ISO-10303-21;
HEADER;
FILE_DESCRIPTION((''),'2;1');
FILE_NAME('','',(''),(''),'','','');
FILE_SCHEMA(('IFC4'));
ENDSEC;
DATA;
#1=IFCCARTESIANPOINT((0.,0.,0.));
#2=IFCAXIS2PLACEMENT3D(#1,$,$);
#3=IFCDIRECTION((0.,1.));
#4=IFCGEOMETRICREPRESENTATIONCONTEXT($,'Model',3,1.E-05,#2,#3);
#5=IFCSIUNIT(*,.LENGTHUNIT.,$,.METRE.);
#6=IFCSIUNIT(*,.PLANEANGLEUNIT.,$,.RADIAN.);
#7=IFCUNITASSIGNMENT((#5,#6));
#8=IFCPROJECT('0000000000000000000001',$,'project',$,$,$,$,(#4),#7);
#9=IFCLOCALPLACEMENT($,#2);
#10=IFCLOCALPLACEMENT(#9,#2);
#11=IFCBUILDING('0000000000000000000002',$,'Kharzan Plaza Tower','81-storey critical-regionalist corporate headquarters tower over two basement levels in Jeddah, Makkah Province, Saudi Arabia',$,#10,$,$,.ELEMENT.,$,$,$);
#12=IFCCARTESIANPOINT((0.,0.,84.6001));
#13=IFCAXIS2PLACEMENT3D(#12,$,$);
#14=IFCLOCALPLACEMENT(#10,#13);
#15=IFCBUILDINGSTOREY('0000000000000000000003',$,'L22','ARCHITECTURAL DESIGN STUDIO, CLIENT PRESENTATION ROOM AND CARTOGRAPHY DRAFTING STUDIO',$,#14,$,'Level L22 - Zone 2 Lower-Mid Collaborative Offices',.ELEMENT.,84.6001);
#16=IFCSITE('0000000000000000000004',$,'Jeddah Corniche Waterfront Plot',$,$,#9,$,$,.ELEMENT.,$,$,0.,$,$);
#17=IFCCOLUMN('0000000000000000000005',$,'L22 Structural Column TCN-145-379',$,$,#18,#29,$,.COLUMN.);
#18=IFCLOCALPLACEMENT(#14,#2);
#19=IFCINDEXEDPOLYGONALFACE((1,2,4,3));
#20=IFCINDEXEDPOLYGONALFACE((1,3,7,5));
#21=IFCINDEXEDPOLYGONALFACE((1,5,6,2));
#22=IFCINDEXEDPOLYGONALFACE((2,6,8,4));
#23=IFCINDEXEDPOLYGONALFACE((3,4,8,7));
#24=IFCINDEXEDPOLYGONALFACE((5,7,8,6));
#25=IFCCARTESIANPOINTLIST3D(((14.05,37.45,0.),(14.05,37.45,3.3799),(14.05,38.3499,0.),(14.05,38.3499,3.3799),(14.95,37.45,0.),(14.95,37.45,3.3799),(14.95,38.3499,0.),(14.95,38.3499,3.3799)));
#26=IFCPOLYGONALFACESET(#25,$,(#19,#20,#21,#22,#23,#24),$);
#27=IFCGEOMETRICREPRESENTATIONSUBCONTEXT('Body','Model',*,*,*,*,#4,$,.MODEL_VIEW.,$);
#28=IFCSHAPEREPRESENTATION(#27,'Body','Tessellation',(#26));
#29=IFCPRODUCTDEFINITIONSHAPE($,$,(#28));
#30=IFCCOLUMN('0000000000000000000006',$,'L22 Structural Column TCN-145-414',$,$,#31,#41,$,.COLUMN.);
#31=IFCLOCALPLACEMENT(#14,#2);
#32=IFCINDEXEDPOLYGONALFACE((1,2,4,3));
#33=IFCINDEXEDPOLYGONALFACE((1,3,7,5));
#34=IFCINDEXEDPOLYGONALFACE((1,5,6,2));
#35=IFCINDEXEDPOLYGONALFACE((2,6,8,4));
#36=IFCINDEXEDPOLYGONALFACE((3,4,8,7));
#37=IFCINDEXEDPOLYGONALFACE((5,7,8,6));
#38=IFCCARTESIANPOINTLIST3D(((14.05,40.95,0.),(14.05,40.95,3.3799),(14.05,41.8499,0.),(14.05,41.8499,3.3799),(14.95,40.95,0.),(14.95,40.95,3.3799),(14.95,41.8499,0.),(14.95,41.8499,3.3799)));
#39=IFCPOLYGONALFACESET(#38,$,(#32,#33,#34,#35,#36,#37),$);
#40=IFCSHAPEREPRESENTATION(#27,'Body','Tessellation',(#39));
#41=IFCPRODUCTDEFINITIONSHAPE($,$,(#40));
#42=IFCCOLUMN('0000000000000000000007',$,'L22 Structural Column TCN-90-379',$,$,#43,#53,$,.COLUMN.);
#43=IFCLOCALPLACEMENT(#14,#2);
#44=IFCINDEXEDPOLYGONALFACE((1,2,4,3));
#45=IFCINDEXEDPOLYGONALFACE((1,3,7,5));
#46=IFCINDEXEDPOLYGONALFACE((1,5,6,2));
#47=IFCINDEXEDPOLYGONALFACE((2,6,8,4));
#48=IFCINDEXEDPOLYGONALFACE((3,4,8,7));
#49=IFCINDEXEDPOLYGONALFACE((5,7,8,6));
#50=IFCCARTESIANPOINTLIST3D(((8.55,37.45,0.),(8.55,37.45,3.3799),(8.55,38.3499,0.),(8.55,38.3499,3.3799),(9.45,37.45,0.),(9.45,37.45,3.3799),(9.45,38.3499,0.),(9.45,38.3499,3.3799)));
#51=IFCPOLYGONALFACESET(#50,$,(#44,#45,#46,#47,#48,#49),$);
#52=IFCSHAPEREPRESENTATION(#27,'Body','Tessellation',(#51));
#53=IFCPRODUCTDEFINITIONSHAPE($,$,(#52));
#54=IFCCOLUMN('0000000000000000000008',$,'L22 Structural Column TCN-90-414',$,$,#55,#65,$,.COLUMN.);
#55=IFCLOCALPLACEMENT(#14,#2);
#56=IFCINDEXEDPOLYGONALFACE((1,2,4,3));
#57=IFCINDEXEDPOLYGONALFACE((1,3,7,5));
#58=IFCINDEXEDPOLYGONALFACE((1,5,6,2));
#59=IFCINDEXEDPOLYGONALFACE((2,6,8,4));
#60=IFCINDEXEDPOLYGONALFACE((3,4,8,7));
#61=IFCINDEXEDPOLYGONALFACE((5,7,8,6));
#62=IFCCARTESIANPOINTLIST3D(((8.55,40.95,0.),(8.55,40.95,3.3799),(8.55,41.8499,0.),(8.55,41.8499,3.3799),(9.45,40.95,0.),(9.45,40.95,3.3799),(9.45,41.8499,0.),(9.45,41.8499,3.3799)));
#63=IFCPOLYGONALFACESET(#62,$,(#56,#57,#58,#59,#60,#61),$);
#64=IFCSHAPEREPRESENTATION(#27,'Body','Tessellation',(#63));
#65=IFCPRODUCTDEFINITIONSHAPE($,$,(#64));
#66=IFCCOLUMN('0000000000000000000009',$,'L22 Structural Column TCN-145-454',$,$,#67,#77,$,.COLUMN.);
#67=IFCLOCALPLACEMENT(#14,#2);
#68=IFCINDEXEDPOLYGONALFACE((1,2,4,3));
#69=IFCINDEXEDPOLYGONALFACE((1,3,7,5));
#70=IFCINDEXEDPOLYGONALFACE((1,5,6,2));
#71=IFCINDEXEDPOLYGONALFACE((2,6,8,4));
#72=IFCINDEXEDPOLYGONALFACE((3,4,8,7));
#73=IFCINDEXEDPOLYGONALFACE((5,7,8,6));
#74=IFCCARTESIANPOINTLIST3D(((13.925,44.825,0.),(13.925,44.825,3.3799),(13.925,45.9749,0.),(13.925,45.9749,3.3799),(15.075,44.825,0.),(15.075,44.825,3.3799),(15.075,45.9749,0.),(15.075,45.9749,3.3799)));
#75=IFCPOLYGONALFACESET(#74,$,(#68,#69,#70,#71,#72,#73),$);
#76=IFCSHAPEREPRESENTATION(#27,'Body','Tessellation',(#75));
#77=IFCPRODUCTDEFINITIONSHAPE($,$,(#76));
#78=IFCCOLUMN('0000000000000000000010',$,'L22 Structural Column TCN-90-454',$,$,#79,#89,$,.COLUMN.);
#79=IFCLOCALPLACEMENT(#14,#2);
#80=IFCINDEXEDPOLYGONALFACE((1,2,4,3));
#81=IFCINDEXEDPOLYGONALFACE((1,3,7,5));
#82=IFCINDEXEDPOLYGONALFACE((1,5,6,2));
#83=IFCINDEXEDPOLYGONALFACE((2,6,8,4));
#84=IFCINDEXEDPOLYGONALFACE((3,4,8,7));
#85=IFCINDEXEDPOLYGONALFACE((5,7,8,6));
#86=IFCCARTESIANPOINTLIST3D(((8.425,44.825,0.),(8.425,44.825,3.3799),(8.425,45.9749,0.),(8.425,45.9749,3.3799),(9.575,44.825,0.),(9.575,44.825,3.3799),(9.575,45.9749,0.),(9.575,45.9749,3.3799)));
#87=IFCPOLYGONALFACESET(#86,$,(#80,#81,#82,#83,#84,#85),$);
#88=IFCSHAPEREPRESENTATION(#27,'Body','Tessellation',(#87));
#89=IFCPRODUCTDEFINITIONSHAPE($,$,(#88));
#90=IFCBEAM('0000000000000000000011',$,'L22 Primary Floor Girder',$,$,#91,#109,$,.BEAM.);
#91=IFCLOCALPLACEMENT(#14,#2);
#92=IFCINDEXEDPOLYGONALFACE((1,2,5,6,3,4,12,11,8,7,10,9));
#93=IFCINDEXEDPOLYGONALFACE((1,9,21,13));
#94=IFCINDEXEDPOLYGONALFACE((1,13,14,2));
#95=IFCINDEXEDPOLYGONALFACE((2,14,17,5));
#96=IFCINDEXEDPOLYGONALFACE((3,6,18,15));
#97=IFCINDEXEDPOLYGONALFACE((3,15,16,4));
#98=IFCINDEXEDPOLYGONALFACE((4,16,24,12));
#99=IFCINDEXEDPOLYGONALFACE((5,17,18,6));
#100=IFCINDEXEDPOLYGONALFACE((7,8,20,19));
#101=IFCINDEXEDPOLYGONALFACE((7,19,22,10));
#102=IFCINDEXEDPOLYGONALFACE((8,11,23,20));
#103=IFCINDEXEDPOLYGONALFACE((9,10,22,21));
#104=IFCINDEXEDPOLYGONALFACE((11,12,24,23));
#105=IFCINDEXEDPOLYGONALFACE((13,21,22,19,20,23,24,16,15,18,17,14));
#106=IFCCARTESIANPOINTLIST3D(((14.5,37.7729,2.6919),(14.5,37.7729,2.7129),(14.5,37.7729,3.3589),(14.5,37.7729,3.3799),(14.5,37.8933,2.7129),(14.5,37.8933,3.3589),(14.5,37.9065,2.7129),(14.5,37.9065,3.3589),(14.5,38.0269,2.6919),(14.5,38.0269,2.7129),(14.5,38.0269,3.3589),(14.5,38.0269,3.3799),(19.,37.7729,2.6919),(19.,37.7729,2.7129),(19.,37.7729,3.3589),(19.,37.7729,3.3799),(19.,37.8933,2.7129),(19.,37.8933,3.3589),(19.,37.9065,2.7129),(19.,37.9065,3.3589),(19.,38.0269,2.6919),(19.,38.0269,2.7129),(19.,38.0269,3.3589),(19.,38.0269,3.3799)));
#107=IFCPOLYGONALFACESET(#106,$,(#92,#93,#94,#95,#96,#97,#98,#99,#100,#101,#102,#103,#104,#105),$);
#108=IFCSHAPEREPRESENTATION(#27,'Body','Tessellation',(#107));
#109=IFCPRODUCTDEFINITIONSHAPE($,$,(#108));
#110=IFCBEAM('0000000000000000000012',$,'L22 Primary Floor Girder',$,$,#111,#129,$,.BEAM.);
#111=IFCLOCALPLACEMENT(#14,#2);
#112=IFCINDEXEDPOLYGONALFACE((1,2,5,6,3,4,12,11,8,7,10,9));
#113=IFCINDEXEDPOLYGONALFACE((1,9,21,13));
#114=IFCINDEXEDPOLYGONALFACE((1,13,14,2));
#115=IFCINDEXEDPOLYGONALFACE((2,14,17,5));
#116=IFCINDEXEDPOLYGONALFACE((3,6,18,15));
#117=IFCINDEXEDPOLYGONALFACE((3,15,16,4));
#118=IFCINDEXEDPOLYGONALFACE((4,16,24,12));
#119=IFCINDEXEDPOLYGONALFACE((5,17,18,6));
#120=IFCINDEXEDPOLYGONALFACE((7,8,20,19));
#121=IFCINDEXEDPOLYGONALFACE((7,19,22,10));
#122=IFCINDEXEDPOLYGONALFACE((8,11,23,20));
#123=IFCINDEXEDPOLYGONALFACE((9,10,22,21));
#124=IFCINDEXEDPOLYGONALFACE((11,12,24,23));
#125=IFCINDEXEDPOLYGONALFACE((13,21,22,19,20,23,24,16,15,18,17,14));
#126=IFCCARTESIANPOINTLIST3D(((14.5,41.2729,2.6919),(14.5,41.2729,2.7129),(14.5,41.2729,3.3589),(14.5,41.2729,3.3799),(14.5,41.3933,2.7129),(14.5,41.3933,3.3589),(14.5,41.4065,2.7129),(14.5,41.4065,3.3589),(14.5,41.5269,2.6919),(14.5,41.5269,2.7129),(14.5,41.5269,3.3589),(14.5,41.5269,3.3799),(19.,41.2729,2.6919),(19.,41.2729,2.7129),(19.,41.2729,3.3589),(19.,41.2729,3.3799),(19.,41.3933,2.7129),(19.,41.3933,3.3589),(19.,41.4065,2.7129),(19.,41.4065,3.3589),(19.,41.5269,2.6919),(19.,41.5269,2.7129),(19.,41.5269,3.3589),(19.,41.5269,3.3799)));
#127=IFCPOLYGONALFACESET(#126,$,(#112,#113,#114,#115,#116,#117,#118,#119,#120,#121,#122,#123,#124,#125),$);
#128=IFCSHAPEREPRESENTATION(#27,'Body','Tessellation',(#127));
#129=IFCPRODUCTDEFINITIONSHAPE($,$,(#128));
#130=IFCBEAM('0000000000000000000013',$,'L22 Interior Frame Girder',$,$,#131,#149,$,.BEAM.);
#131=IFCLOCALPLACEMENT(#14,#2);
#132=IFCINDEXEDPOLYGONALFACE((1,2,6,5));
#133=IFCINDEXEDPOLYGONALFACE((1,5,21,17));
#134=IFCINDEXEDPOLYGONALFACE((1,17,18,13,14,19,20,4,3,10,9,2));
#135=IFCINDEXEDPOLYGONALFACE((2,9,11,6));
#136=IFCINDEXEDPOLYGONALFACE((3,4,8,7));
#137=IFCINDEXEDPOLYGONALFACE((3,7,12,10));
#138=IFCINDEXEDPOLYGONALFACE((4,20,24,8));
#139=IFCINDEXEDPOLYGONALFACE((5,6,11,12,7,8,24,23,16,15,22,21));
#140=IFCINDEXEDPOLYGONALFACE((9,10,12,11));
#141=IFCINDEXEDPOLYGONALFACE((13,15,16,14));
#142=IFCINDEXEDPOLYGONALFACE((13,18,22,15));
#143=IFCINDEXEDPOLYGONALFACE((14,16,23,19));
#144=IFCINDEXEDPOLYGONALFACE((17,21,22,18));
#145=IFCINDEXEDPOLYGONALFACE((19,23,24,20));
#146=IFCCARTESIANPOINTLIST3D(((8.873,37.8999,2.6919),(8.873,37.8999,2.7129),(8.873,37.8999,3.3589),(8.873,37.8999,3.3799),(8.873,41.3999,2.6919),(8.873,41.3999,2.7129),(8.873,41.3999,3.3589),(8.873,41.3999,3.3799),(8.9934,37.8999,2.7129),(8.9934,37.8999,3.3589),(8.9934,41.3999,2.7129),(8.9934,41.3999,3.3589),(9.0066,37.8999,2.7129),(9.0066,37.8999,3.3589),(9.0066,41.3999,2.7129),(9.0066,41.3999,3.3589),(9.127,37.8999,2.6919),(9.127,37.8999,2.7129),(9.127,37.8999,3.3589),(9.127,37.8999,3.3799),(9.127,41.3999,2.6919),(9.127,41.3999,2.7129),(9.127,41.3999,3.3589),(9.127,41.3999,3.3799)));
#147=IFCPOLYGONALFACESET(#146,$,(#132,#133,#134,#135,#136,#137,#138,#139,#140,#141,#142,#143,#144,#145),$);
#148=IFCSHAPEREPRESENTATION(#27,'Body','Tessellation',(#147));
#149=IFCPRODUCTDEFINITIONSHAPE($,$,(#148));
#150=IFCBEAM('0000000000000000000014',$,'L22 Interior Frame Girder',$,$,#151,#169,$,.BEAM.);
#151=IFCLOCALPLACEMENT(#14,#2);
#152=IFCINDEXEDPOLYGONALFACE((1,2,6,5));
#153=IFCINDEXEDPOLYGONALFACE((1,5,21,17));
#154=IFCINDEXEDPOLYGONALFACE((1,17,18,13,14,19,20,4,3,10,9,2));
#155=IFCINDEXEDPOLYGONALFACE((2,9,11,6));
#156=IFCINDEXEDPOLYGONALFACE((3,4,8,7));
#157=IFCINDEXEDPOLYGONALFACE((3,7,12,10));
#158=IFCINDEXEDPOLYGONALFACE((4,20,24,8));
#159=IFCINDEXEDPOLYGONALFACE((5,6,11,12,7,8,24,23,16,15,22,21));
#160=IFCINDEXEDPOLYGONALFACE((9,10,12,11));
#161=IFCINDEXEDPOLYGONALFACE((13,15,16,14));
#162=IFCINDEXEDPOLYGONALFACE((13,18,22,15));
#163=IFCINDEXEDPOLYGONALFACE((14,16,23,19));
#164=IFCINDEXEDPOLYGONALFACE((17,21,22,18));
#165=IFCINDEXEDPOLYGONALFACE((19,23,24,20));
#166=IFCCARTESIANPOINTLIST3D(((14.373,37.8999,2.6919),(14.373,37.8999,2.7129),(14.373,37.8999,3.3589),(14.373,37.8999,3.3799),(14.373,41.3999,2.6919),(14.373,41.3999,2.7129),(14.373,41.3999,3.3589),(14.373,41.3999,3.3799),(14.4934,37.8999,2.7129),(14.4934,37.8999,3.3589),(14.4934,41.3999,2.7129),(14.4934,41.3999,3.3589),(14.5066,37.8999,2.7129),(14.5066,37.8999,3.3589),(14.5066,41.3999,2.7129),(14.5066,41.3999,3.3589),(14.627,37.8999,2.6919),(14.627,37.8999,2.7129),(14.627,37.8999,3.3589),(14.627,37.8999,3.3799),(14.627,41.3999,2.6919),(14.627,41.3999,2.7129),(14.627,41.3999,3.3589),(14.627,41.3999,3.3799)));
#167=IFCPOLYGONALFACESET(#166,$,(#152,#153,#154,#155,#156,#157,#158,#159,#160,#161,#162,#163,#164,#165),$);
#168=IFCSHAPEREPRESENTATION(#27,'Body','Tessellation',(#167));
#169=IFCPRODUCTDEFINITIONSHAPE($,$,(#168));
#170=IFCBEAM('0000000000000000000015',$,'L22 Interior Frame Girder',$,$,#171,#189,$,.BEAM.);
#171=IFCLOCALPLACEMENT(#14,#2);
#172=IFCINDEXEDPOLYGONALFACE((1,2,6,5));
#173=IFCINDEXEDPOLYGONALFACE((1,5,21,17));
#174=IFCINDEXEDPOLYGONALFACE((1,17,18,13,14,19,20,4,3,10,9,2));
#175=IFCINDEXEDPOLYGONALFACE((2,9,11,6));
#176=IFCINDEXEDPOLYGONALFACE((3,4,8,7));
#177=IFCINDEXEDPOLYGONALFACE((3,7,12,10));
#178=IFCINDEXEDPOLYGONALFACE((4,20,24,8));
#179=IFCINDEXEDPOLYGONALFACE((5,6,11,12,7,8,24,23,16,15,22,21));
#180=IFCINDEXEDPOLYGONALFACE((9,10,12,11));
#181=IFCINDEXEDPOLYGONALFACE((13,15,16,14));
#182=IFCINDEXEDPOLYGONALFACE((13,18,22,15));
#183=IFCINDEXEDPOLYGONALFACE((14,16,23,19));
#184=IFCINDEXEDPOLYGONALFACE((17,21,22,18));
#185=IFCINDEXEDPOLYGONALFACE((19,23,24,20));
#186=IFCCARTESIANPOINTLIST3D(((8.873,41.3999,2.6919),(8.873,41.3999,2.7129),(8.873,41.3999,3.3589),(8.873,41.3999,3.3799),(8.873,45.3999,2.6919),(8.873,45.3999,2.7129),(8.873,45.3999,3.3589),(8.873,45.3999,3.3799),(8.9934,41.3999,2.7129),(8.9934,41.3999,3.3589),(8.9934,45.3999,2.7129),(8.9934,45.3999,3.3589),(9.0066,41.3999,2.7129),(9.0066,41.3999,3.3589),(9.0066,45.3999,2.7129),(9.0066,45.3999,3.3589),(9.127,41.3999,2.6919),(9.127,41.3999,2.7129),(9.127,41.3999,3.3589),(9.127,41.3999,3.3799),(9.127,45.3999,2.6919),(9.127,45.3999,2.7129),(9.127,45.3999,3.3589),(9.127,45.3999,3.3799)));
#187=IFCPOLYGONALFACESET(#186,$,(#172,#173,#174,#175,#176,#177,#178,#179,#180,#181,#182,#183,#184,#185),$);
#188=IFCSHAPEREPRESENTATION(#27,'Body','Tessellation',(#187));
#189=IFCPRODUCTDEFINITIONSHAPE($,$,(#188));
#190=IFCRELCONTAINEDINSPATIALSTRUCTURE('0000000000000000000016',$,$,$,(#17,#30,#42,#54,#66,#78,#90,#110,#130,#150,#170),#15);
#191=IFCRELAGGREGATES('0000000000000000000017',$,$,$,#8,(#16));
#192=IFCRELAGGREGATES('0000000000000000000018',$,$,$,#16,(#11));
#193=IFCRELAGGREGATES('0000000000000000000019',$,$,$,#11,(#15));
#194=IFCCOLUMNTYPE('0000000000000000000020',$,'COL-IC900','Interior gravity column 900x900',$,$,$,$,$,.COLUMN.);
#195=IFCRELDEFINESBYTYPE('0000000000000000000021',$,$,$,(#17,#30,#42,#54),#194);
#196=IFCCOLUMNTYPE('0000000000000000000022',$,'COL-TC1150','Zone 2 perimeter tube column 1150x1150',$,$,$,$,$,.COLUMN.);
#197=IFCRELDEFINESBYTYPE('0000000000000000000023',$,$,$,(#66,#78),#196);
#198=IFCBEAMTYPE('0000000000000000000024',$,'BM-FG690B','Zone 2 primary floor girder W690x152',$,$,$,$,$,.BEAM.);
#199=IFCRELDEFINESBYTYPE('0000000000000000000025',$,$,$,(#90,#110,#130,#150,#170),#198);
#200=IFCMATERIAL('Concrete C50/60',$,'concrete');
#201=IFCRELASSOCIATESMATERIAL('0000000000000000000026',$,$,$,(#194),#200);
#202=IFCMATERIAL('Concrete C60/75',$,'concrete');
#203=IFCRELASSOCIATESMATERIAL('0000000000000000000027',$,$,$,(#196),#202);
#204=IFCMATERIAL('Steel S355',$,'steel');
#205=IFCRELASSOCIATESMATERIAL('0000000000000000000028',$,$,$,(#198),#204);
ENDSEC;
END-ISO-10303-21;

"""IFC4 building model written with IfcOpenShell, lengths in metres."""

from ifc_helpers import new_model, si_unit, direction, frame, origin, origin_2d, place, context, subcontext, project, spatial, rectangle, i_section, extrude, source, transform, mapped, material, material_profile, profile_set, type_object, element, save


model = new_model("IFC4")

# Units and contexts
model_context = context("Model", 3, precision=1e-05, world=origin(), true_north=direction((0.0, 1.0)))
body_context = subcontext(model_context, "Body", "Model", "MODEL_VIEW")
ifc_project = project(units=[si_unit("LENGTHUNIT", "METRE"), si_unit("PLANEANGLEUNIT", "RADIAN")], contexts=[model_context])

# Site, building, storey
site_placement = place(None, origin())
site = spatial("IfcSite", under=ifc_project, at=site_placement, Name="Jeddah Corniche Waterfront Plot", CompositionType="ELEMENT", RefElevation=0.0)
building_placement = place(site_placement, origin())
building = spatial("IfcBuilding", under=site, at=building_placement, Name="Kharzan Plaza Tower", Description="81-storey critical-regionalist corporate headquarters tower over two basement levels in Jeddah, Makkah Province, Saudi Arabia", CompositionType="ELEMENT")
storey_placement = place(building_placement, frame((0.0, 0.0, 84.6001)))
storey = spatial("IfcBuildingStorey", under=building, at=storey_placement, Name="L22", Description="ARCHITECTURAL DESIGN STUDIO, CLIENT PRESENTATION ROOM AND CARTOGRAPHY DRAFTING STUDIO", LongName="Level L22 - Zone 2 Lower-Mid Collaborative Offices", CompositionType="ELEMENT", Elevation=84.6001)

# Columns
ifc_material_1 = material(Name="Concrete C50/60", Category="concrete")
ifc_material_profile_1 = material_profile(ifc_material_1, rectangle(XDim=0.8999, YDim=0.8999, at=origin_2d()), Name="RC-IC900x900")
ifc_profile_set_1 = profile_set([ifc_material_profile_1], Name="Concrete C50/60")
column_type_1 = type_object("IfcColumnType", Name="COL-IC900", Description="Interior gravity column 900x900", PredefinedType="COLUMN", material=ifc_profile_set_1)
shared_shape_1 = source(origin(), body_context, "Body", "SweptSolid", [
    extrude(rectangle(XDim=0.8999, YDim=0.8999, at=origin_2d()), origin(), (0.0, 0.0, 1.0), 3.3799),
])
for number, where, z_axis, x_axis, name in (
    (1, (14.5, 37.8999, 0.0), (0.0, 0.0, 1.0), (1.0, 0.0, 0.0), "L22 Structural Column TCN-145-379"),
    (2, (14.5, 41.3999, 0.0), (0.0, 0.0, 1.0), (1.0, 0.0, 0.0), "L22 Structural Column TCN-145-414"),
    (3, (9.0, 37.8999, 0.0), (0.0, 0.0, 1.0), (1.0, 0.0, 0.0), "L22 Structural Column TCN-90-379"),
    (4, (9.0, 41.3999, 0.0), (0.0, 0.0, 1.0), (1.0, 0.0, 0.0), "L22 Structural Column TCN-90-414"),
):
    element("IfcColumn", number, at=place(storey_placement, frame(where, z_axis=z_axis, x_axis=x_axis)), inside=storey, type_object=column_type_1, Name=name, PredefinedType="COLUMN", context=body_context, shape_type="MappedRepresentation", body=[
        mapped(shared_shape_1, transform((0.0, 0.0, 0.0), x_axis=(1.0, 0.0, 0.0), y_axis=(0.0, 1.0, 0.0), z_axis=(0.0, 0.0, 1.0))),
    ])
ifc_material_2 = material(Name="Concrete C60/75", Category="concrete")
ifc_material_profile_2 = material_profile(ifc_material_2, rectangle(XDim=1.1499, YDim=1.1499, at=origin_2d()), Name="RC-TC1150x1150")
ifc_profile_set_2 = profile_set([ifc_material_profile_2], Name="Concrete C60/75")
column_type_2 = type_object("IfcColumnType", Name="COL-TC1150", Description="Zone 2 perimeter tube column 1150x1150", PredefinedType="COLUMN", material=ifc_profile_set_2)
shared_shape_2 = source(origin(), body_context, "Body", "SweptSolid", [
    extrude(rectangle(XDim=1.1499, YDim=1.1499, at=origin_2d()), origin(), (0.0, 0.0, 1.0), 3.3799),
])
for number, where, z_axis, x_axis, name in (
    (5, (14.5, 45.3999, 0.0), (0.0, 0.0, 1.0), (1.0, 0.0, 0.0), "L22 Structural Column TCN-145-454"),
    (6, (9.0, 45.3999, 0.0), (0.0, 0.0, 1.0), (1.0, 0.0, 0.0), "L22 Structural Column TCN-90-454"),
):
    element("IfcColumn", number, at=place(storey_placement, frame(where, z_axis=z_axis, x_axis=x_axis)), inside=storey, type_object=column_type_2, Name=name, PredefinedType="COLUMN", context=body_context, shape_type="MappedRepresentation", body=[
        mapped(shared_shape_2, transform((0.0, 0.0, 0.0), x_axis=(1.0, 0.0, 0.0), y_axis=(0.0, 1.0, 0.0), z_axis=(0.0, 0.0, 1.0))),
    ])

# Beams
ifc_material_3 = material(Name="Steel S355", Category="steel")
ifc_material_profile_3 = material_profile(ifc_material_3, i_section(OverallWidth=0.2539, OverallDepth=0.688, WebThickness=0.0132, FlangeThickness=0.021, at=origin_2d()), Name="W690x152")
ifc_profile_set_3 = profile_set([ifc_material_profile_3], Name="Steel S355")
beam_type_1 = type_object("IfcBeamType", Name="BM-FG690B", Description="Zone 2 primary floor girder W690x152", PredefinedType="BEAM", material=ifc_profile_set_3)
shared_shape_3 = source(origin(), body_context, "Body", "SweptSolid", [
    extrude(i_section(OverallWidth=0.2539, OverallDepth=0.688, WebThickness=0.0132, FlangeThickness=0.021, at=origin_2d()), origin(), (0.0, 0.0, 1.0), 4.5),
])
for number, where, z_axis, x_axis, name in (
    (7, (14.5, 37.8999, 3.0359), (1.0, 0.0, 0.0), (0.0, 1.0, 0.0), "L22 Primary Floor Girder"),
    (8, (14.5, 41.3999, 3.0359), (1.0, 0.0, 0.0), (0.0, 1.0, 0.0), "L22 Primary Floor Girder"),
):
    element("IfcBeam", number, at=place(storey_placement, frame(where, z_axis=z_axis, x_axis=x_axis)), inside=storey, type_object=beam_type_1, Name=name, PredefinedType="BEAM", context=body_context, shape_type="MappedRepresentation", body=[
        mapped(shared_shape_3, transform((0.0, 0.0, 0.0), x_axis=(1.0, 0.0, 0.0), y_axis=(0.0, 1.0, 0.0), z_axis=(0.0, 0.0, 1.0))),
    ])
shared_shape_4 = source(origin(), body_context, "Body", "SweptSolid", [
    extrude(i_section(OverallWidth=0.2539, OverallDepth=0.688, WebThickness=0.0132, FlangeThickness=0.021, at=origin_2d()), origin(), (0.0, 0.0, 1.0), 3.5),
])
for number, where, z_axis, x_axis, name in (
    (9, (9.0, 37.8999, 3.0359), (0.0, 1.0, 0.0), (-1.0, 0.0, 0.0), "L22 Interior Frame Girder"),
    (10, (14.5, 37.8999, 3.0359), (0.0, 1.0, 0.0), (-1.0, 0.0, 0.0), "L22 Interior Frame Girder"),
):
    element("IfcBeam", number, at=place(storey_placement, frame(where, z_axis=z_axis, x_axis=x_axis)), inside=storey, type_object=beam_type_1, Name=name, PredefinedType="BEAM", context=body_context, shape_type="MappedRepresentation", body=[
        mapped(shared_shape_4, transform((0.0, 0.0, 0.0), x_axis=(1.0, 0.0, 0.0), y_axis=(0.0, 1.0, 0.0), z_axis=(0.0, 0.0, 1.0))),
    ])
shared_shape_5 = source(origin(), body_context, "Body", "SweptSolid", [
    extrude(i_section(OverallWidth=0.2539, OverallDepth=0.688, WebThickness=0.0132, FlangeThickness=0.021, at=origin_2d()), origin(), (0.0, 0.0, 1.0), 4.0),
])
for number, where, z_axis, x_axis, name in (
    (11, (9.0, 41.3999, 3.0359), (0.0, 1.0, 0.0), (-1.0, 0.0, 0.0), "L22 Interior Frame Girder"),
):
    element("IfcBeam", number, at=place(storey_placement, frame(where, z_axis=z_axis, x_axis=x_axis)), inside=storey, type_object=beam_type_1, Name=name, PredefinedType="BEAM", context=body_context, shape_type="MappedRepresentation", body=[
        mapped(shared_shape_5, transform((0.0, 0.0, 0.0), x_axis=(1.0, 0.0, 0.0), y_axis=(0.0, 1.0, 0.0), z_axis=(0.0, 0.0, 1.0))),
    ])

save(model, "model.ifc")
